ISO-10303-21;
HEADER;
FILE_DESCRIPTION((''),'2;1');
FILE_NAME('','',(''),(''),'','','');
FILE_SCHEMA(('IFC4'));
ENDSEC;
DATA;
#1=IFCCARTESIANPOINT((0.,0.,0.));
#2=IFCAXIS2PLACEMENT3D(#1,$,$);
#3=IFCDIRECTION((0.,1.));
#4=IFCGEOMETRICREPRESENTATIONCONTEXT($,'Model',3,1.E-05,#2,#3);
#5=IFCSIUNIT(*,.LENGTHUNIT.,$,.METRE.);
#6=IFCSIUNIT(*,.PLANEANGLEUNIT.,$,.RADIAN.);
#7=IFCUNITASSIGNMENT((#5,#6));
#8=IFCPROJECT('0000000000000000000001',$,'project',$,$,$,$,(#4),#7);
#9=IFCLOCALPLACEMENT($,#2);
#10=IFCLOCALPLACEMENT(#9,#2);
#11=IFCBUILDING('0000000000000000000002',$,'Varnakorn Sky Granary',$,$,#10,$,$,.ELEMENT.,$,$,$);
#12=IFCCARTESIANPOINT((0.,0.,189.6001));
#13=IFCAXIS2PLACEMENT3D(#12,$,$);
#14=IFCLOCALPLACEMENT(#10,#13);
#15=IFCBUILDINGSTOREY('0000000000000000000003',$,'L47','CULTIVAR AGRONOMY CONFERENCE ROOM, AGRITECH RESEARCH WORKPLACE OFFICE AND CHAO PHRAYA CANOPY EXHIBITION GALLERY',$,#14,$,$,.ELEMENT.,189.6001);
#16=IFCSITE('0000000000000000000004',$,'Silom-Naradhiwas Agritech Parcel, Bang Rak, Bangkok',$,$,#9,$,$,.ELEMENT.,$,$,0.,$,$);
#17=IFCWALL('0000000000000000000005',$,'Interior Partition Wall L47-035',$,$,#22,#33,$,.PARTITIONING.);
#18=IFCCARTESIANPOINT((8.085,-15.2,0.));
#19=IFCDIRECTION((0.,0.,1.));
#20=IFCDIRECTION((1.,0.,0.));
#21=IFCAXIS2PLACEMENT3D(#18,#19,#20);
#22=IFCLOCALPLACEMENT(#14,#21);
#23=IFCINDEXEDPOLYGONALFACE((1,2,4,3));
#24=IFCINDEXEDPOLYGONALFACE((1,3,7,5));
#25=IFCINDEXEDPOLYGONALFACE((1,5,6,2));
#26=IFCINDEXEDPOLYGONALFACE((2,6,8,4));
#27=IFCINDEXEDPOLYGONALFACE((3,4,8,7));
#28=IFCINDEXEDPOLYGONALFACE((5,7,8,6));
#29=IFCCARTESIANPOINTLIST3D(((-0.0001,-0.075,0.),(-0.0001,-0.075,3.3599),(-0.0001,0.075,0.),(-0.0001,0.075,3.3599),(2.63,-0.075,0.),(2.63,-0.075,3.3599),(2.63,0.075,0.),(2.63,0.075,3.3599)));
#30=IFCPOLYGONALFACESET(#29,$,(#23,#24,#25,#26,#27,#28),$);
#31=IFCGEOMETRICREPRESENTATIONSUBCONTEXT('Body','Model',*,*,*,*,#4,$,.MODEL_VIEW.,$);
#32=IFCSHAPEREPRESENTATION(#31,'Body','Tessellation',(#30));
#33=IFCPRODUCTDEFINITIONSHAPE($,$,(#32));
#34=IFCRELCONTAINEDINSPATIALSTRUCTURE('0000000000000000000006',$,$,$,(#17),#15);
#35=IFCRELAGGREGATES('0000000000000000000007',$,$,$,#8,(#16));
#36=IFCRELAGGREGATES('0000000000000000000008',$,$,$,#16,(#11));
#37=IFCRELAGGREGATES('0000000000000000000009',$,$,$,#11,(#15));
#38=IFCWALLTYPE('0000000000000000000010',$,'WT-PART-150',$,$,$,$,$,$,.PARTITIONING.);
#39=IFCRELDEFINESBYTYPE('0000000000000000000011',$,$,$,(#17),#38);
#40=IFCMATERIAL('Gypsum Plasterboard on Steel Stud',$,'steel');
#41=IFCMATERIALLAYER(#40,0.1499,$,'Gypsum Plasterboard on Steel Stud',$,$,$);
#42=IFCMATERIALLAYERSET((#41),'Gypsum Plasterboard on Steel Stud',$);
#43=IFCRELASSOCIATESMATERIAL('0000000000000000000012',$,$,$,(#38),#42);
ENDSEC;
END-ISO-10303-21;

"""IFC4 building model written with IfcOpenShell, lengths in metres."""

from ifc_helpers import new_model, si_unit, direction, frame, frame_2d, origin, place, context, subcontext, project, spatial, rectangle, extrude, material, layer, layer_set, type_object, element, save


model = new_model("IFC4")

# Units and contexts
model_context = context("Model", 3, precision=1e-05, world=origin(), true_north=direction((0.0, 1.0)))
body_context = subcontext(model_context, "Body", "Model", "MODEL_VIEW")
ifc_project = project(units=[si_unit("LENGTHUNIT", "METRE"), si_unit("PLANEANGLEUNIT", "RADIAN")], contexts=[model_context])

# Site, building, storey
site_placement = place(None, origin())
site = spatial("IfcSite", under=ifc_project, at=site_placement, Name="Silom-Naradhiwas Agritech Parcel, Bang Rak, Bangkok", CompositionType="ELEMENT", RefElevation=0.0)
building_placement = place(site_placement, origin())
building = spatial("IfcBuilding", under=site, at=building_placement, Name="Varnakorn Sky Granary", CompositionType="ELEMENT")
storey_placement = place(building_placement, frame((0.0, 0.0, 189.6001)))
storey = spatial("IfcBuildingStorey", under=building, at=storey_placement, Name="L47", Description="CULTIVAR AGRONOMY CONFERENCE ROOM, AGRITECH RESEARCH WORKPLACE OFFICE AND CHAO PHRAYA CANOPY EXHIBITION GALLERY", CompositionType="ELEMENT", Elevation=189.6001)

# Wall
ifc_material_1 = material(Name="Gypsum Plasterboard on Steel Stud", Category="steel")
ifc_layer_1 = layer(ifc_material_1, 0.1499, Name="Gypsum Plasterboard on Steel Stud")
ifc_layer_set_1 = layer_set([ifc_layer_1], Name="Gypsum Plasterboard on Steel Stud")
wall_type_1 = type_object("IfcWallType", Name="WT-PART-150", PredefinedType="PARTITIONING", material=ifc_layer_set_1)
wall_1_placement = place(storey_placement, frame((8.085, -15.2, 0.0), z_axis=(0.0, 0.0, 1.0), x_axis=(1.0, 0.0, 0.0)))
element("IfcWall", 1, at=wall_1_placement, inside=storey, type_object=wall_type_1, Name="Interior Partition Wall L47-035", PredefinedType="PARTITIONING", context=body_context, shape_type="SweptSolid", body=[
    extrude(rectangle(XDim=2.6301, YDim=0.1499, at=frame_2d((1.3149, 0.0))), origin(), (0.0, 0.0, 1.0), 3.3599),
])

save(model, "model.ifc")
